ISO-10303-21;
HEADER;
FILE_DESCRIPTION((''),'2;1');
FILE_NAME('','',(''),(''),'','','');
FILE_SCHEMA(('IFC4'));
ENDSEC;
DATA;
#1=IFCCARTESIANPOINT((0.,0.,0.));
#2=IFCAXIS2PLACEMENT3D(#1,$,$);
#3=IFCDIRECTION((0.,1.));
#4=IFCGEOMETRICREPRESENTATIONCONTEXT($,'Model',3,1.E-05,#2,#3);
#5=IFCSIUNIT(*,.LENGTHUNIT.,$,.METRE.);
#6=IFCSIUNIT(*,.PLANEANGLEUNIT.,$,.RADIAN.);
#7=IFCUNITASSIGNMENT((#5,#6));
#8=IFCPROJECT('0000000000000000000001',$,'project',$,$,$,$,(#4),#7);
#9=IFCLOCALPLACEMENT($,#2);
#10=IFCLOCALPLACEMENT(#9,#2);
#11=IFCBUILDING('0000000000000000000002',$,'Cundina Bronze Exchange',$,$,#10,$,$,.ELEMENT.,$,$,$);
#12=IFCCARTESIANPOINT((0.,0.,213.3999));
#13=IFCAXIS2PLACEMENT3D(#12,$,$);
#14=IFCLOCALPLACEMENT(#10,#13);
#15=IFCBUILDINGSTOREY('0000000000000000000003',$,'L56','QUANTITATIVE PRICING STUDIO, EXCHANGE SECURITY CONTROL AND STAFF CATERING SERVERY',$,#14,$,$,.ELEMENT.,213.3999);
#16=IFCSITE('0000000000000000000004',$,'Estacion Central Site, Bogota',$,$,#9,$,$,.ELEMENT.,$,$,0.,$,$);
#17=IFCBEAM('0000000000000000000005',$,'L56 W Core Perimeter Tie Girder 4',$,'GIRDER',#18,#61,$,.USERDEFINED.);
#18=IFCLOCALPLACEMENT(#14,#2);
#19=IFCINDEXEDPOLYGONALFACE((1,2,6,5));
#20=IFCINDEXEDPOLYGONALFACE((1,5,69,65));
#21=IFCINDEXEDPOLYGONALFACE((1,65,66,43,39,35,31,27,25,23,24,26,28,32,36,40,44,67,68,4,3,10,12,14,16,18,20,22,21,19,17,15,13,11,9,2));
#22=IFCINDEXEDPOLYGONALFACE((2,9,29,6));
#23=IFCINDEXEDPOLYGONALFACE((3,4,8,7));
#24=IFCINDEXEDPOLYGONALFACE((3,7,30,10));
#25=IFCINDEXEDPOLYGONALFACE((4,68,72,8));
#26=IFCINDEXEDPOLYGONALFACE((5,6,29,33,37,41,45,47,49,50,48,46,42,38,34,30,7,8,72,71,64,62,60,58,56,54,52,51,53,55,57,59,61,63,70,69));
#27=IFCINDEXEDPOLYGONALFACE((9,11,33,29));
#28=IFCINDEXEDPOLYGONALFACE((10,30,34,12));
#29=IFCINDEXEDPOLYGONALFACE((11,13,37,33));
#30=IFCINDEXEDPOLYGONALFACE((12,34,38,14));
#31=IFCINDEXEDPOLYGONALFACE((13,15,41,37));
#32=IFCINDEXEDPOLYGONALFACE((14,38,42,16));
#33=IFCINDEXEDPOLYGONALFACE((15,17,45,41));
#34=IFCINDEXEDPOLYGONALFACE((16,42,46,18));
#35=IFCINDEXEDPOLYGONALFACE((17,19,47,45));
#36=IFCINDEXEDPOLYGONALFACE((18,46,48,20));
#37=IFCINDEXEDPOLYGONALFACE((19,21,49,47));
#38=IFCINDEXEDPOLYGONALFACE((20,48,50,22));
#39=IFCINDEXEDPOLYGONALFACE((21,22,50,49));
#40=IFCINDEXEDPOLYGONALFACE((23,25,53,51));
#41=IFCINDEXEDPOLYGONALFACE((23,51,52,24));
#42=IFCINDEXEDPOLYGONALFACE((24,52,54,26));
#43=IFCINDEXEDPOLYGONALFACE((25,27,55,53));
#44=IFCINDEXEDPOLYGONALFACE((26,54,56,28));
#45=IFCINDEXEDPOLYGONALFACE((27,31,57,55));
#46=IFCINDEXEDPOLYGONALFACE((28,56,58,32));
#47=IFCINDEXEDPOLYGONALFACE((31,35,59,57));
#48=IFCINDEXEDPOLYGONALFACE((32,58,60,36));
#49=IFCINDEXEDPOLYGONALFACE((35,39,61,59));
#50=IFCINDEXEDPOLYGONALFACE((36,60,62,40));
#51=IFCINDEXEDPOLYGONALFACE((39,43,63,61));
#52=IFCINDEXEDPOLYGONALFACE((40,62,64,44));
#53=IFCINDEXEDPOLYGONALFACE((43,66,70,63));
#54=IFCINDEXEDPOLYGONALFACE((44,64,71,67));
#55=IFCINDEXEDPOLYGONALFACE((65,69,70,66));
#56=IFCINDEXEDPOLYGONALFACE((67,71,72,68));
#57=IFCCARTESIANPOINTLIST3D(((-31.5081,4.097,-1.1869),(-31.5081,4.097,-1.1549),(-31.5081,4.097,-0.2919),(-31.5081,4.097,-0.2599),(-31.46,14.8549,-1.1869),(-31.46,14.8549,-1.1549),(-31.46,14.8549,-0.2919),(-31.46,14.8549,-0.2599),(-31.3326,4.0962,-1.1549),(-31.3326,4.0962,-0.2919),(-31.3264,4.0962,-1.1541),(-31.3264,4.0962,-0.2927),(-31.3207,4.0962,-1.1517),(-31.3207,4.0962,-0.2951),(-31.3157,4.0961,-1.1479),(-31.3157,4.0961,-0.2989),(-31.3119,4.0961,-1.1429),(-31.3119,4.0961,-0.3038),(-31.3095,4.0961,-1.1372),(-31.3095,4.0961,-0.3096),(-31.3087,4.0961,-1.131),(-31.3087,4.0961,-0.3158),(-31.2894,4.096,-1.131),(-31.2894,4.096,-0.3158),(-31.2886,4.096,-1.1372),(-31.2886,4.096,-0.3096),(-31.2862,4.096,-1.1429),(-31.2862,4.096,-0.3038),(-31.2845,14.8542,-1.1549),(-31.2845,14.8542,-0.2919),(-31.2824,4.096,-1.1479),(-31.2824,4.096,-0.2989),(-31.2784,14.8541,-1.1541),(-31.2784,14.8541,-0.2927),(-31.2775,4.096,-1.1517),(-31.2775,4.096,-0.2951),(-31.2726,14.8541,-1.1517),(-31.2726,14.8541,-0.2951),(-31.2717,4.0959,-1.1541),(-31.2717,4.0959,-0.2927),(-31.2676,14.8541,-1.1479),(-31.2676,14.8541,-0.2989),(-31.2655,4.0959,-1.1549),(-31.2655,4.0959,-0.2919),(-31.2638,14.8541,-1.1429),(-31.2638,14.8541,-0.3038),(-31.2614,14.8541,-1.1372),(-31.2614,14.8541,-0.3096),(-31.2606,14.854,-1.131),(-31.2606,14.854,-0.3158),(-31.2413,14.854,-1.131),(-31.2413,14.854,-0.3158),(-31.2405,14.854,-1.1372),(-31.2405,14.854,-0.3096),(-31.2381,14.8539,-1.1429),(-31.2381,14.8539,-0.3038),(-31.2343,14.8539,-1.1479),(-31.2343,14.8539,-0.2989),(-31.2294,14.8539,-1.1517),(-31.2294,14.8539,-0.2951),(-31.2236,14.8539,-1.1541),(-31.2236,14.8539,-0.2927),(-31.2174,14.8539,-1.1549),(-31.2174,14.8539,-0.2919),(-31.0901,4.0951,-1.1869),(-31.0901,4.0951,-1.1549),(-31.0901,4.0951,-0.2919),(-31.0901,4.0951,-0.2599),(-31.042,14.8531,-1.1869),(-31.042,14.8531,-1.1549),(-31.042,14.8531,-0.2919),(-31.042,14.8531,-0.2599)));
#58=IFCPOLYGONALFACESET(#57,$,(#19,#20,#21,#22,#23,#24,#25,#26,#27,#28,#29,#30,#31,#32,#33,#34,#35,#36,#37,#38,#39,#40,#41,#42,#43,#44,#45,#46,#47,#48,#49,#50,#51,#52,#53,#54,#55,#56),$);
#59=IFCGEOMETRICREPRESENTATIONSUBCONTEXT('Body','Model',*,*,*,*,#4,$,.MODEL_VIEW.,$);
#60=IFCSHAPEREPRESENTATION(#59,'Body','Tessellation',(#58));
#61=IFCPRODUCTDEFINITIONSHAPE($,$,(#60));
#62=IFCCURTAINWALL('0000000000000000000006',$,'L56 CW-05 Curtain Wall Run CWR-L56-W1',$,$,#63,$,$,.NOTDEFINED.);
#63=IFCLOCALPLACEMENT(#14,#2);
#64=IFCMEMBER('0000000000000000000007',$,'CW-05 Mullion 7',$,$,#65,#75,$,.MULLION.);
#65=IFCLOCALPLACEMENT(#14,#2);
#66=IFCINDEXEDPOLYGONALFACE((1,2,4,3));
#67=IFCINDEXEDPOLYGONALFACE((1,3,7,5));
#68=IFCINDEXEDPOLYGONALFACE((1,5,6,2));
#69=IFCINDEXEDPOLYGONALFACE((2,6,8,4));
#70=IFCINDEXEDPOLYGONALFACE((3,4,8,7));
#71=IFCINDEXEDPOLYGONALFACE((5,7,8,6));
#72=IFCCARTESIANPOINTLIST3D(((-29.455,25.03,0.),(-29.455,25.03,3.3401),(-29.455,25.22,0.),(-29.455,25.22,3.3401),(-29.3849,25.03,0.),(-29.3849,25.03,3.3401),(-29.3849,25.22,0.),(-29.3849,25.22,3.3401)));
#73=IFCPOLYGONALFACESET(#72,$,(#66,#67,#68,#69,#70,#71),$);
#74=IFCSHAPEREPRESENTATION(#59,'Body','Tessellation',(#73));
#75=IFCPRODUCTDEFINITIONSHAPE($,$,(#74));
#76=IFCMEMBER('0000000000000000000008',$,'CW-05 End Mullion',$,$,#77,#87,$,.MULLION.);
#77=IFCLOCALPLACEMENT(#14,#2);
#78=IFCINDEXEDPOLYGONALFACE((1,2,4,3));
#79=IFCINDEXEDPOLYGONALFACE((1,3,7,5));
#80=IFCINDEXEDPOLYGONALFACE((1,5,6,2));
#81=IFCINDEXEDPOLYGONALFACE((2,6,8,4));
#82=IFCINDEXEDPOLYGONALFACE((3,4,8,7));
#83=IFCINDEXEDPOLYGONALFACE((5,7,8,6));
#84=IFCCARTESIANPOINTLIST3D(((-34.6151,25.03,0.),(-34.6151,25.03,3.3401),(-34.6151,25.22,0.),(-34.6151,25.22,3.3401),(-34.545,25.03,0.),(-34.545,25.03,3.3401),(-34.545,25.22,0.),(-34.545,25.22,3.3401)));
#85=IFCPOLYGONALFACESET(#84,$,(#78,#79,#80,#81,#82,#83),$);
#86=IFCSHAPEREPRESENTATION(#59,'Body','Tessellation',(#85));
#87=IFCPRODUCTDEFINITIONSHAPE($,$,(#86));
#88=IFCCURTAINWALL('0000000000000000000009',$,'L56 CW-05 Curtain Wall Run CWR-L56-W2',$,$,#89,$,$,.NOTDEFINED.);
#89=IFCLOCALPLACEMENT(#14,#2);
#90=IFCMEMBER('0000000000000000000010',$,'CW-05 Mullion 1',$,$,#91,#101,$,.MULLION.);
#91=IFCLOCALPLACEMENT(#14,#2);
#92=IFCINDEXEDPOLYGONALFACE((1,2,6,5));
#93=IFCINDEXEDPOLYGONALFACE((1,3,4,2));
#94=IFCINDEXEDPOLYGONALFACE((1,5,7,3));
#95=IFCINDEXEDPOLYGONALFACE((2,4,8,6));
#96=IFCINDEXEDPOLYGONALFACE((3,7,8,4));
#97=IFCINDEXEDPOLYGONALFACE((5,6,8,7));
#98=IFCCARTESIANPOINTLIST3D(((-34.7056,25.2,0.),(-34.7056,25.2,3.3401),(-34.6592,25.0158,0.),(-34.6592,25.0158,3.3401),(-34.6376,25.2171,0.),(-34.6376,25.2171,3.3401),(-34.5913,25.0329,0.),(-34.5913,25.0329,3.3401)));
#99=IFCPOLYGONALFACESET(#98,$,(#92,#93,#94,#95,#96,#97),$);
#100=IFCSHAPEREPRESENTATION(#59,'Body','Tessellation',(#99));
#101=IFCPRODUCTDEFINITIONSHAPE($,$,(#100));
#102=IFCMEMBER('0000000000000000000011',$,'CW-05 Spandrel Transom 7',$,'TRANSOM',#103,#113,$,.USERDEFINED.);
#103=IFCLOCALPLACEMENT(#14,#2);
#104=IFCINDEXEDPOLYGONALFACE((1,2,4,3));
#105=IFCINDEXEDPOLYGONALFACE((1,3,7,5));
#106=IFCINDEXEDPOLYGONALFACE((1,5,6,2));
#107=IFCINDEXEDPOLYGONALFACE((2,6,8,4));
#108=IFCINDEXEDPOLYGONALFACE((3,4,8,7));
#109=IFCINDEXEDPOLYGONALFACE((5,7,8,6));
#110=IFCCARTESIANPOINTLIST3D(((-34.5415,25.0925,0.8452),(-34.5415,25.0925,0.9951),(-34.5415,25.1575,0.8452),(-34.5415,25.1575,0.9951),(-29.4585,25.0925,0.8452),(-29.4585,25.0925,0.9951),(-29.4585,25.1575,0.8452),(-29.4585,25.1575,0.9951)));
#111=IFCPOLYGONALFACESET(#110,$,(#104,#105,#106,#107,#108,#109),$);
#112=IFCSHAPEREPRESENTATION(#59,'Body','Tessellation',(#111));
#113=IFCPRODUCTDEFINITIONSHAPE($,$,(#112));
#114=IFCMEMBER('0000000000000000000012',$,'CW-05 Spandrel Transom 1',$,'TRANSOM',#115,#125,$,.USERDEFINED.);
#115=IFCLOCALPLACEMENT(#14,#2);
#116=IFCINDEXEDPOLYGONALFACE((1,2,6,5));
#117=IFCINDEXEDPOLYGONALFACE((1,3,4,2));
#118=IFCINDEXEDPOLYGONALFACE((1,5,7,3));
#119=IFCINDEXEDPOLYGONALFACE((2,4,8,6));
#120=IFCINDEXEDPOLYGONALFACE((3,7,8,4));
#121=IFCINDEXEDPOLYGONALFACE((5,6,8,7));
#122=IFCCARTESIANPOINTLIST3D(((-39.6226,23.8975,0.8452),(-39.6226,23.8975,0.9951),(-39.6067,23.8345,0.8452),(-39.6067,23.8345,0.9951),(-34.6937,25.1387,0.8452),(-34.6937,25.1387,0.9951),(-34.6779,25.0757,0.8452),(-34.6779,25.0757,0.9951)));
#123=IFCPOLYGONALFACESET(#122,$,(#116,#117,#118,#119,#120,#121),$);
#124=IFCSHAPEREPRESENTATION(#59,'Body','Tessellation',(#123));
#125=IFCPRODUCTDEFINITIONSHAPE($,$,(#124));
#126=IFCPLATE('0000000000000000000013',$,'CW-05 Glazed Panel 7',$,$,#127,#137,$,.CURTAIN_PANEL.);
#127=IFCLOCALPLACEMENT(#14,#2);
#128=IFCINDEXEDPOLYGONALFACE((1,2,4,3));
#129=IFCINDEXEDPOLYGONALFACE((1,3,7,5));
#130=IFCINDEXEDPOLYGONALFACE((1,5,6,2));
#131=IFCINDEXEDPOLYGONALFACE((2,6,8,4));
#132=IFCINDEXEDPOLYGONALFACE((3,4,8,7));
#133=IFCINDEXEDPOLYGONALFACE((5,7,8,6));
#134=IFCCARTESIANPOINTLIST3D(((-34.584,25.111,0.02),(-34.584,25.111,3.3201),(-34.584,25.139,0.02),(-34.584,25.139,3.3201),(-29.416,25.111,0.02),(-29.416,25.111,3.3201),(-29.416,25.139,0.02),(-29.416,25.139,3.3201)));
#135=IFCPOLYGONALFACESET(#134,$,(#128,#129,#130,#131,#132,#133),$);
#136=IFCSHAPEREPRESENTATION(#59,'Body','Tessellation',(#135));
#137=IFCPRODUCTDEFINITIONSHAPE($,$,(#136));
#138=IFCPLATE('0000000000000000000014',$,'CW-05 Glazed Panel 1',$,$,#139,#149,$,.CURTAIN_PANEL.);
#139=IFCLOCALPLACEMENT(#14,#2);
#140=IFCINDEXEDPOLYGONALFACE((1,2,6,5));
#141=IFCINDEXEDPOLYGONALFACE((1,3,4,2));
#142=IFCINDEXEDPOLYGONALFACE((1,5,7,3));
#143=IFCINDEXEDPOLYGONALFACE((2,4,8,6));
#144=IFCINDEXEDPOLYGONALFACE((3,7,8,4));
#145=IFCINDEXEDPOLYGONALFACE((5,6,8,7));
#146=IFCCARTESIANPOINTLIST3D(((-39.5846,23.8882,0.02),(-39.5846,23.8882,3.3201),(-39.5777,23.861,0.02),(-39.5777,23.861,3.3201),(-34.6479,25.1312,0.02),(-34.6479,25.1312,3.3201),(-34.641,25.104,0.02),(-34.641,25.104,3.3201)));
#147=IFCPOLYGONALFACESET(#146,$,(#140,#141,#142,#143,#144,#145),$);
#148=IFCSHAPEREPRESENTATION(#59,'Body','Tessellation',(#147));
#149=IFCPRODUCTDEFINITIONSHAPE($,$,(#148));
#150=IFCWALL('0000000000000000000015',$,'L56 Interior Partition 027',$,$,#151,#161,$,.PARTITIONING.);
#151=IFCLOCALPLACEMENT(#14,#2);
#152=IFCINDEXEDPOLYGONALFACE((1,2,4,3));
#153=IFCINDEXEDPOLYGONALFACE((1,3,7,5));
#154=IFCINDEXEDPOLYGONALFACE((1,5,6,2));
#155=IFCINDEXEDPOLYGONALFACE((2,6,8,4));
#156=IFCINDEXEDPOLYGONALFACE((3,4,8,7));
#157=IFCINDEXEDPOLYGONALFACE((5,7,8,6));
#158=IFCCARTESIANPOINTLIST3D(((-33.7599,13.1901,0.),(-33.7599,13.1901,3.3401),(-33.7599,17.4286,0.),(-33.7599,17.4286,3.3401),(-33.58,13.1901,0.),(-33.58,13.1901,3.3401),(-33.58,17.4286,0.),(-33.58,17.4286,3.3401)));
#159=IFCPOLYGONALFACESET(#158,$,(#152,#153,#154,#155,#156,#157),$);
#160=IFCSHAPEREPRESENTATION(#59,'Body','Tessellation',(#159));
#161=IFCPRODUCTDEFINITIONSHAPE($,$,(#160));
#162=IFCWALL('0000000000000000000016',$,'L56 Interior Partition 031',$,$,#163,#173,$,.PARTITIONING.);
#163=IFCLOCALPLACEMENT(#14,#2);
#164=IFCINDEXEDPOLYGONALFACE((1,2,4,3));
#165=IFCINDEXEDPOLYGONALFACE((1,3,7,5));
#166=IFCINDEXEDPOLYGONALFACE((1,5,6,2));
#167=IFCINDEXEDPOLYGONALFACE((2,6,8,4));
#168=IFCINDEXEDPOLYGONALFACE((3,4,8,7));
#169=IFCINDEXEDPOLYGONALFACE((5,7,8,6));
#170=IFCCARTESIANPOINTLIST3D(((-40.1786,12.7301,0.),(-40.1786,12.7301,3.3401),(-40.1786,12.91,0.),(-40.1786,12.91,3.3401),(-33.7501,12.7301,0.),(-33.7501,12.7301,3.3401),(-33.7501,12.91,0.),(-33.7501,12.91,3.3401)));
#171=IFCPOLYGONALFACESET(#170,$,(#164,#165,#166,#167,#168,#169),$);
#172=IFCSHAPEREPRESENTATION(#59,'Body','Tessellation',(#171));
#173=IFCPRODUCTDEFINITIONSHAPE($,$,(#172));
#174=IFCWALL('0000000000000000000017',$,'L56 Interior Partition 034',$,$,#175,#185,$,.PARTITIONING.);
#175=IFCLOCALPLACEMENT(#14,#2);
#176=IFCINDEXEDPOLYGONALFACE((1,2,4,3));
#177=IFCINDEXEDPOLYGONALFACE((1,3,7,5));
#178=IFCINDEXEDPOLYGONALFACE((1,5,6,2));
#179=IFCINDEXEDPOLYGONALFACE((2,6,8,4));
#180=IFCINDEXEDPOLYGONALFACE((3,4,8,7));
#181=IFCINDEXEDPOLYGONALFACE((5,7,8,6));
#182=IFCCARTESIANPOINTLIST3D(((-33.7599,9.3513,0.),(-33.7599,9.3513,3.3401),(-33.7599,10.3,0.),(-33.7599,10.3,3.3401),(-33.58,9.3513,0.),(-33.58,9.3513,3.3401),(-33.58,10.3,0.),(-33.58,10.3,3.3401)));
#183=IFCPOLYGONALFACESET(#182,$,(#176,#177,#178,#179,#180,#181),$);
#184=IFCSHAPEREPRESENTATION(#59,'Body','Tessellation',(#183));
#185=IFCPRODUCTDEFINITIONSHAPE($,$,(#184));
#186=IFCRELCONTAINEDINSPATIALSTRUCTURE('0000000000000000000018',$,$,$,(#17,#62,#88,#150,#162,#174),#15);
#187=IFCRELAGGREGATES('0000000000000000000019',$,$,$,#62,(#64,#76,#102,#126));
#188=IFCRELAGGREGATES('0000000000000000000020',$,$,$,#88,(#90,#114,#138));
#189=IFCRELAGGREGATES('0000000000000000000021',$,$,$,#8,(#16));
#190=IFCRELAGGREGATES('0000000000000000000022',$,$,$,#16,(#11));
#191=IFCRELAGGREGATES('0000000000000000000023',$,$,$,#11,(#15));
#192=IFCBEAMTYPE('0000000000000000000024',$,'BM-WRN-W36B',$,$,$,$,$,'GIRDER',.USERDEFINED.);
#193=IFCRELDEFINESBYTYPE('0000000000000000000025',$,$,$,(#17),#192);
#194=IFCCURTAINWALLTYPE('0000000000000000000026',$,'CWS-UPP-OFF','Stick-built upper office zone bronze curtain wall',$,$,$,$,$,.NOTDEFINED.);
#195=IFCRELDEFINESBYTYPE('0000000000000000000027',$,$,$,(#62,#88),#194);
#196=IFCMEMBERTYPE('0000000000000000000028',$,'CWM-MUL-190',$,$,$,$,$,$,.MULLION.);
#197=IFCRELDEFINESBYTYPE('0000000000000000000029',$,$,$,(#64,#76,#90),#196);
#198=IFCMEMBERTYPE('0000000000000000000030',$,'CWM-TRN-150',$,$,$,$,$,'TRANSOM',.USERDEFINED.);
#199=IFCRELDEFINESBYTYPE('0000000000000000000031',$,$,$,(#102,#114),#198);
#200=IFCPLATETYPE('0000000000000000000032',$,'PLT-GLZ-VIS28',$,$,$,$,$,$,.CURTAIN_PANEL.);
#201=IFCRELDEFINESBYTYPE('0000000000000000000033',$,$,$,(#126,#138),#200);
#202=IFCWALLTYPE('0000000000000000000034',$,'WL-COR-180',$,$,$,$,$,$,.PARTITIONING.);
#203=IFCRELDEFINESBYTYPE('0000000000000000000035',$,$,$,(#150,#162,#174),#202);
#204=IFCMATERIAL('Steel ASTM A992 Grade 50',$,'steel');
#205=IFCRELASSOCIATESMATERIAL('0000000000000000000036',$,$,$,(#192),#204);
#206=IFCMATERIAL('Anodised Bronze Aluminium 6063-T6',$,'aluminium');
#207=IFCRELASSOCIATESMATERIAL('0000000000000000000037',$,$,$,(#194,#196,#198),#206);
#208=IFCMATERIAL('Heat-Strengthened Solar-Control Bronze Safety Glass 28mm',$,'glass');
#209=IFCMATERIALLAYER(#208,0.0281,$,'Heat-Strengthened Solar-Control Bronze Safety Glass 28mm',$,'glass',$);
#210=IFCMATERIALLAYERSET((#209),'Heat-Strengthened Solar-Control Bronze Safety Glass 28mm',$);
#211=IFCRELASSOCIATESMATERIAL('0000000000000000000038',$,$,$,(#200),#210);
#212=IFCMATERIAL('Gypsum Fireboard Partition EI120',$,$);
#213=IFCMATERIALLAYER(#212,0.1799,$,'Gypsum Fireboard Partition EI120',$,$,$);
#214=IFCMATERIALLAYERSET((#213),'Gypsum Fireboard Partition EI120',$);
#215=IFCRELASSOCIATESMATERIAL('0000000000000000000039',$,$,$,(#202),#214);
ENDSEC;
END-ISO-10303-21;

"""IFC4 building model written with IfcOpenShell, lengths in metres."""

from ifc_helpers import new_model, si_unit, direction, frame, frame_2d, origin, origin_2d, place, context, subcontext, project, spatial, rectangle, i_section, extrude, material, layer, layer_set, material_profile, profile_set, type_object, element, aggregate, save


model = new_model("IFC4")

# Units and contexts
model_context = context("Model", 3, precision=1e-05, world=origin(), true_north=direction((0.0, 1.0)))
body_context = subcontext(model_context, "Body", "Model", "MODEL_VIEW")
ifc_project = project(units=[si_unit("LENGTHUNIT", "METRE"), si_unit("PLANEANGLEUNIT", "RADIAN")], contexts=[model_context])

# Site, building, storey
site_placement = place(None, origin())
site = spatial("IfcSite", under=ifc_project, at=site_placement, Name="Estacion Central Site, Bogota", CompositionType="ELEMENT", RefElevation=0.0)
building_placement = place(site_placement, origin())
building = spatial("IfcBuilding", under=site, at=building_placement, Name="Cundina Bronze Exchange", CompositionType="ELEMENT")
storey_placement = place(building_placement, frame((0.0, 0.0, 213.3999)))
storey = spatial("IfcBuildingStorey", under=building, at=storey_placement, Name="L56", Description="QUANTITATIVE PRICING STUDIO, EXCHANGE SECURITY CONTROL AND STAFF CATERING SERVERY", CompositionType="ELEMENT", Elevation=213.3999)

# Shared definitions
ifc_material_1 = material(Name="Steel ASTM A992 Grade 50", Category="steel")

# Beam
ifc_material_profile_1 = material_profile(ifc_material_1, i_section(OverallWidth=0.418, OverallDepth=0.927, WebThickness=0.0193, FlangeThickness=0.032, FilletRadius=0.0239, at=origin_2d()), Name="W36X231", Category="steel")
ifc_profile_set_1 = profile_set([ifc_material_profile_1], Name="Steel ASTM A992 Grade 50")
beam_type_1 = type_object("IfcBeamType", Name="BM-WRN-W36B", ElementType="GIRDER", PredefinedType="USERDEFINED", material=ifc_profile_set_1)
beam_1_placement = place(storey_placement, frame((-31.251, 14.854, -0.7234), z_axis=(-0.004471, -0.99999, 0.0), x_axis=(0.99999, -0.004471, 0.0)))
element("IfcBeam", 1, at=beam_1_placement, inside=storey, type_object=beam_type_1, Name="L56 W Core Perimeter Tie Girder 4", ObjectType="GIRDER", PredefinedType="USERDEFINED", context=body_context, shape_type="SweptSolid", body=[
    extrude(i_section(OverallWidth=0.418, OverallDepth=0.927, WebThickness=0.0193, FlangeThickness=0.032, FilletRadius=0.0239, at=origin_2d()), origin(), (0.0, 0.0, 1.0), 10.7581),
])

# Curtain wall, members
ifc_material_2 = material(Name="Anodised Bronze Aluminium 6063-T6", Category="aluminium")
curtain_wall_type = type_object("IfcCurtainWallType", Name="CWS-UPP-OFF", Description="Stick-built upper office zone bronze curtain wall", PredefinedType="NOTDEFINED", material=ifc_material_2)
curtain_wall_1_placement = place(storey_placement, origin())
curtain_wall_1 = element("IfcCurtainWall", 2, at=curtain_wall_1_placement, inside=storey, type_object=curtain_wall_type, Name="L56 CW-05 Curtain Wall Run CWR-L56-W1", PredefinedType="NOTDEFINED")
ifc_material_profile_2 = material_profile(ifc_material_2, rectangle(XDim=0.0701, YDim=0.1899, at=origin_2d()), Name="AL70X190", Category="aluminium")
ifc_profile_set_2 = profile_set([ifc_material_profile_2], Name="Anodised Bronze Aluminium 6063-T6")
member_type_1 = type_object("IfcMemberType", Name="CWM-MUL-190", PredefinedType="MULLION", material=ifc_profile_set_2)
member_1_placement = place(storey_placement, frame((-29.4199, 25.125, 0.0), z_axis=(0.0, 0.0, 1.0), x_axis=(-1.0, 0.0, 0.0)))
member_1 = element("IfcMember", 3, at=member_1_placement, type_object=member_type_1, Name="CW-05 Mullion 7", PredefinedType="MULLION", context=body_context, shape_type="SweptSolid", body=[
    extrude(rectangle(XDim=0.0701, YDim=0.1899, at=origin_2d()), origin(), (0.0, 0.0, 1.0), 3.3401),
])
member_2_placement = place(storey_placement, frame((-34.5801, 25.125, 0.0), z_axis=(0.0, 0.0, 1.0), x_axis=(-1.0, 0.0, 0.0)))
member_2 = element("IfcMember", 4, at=member_2_placement, type_object=member_type_1, Name="CW-05 End Mullion", PredefinedType="MULLION", context=body_context, shape_type="SweptSolid", body=[
    extrude(rectangle(XDim=0.0701, YDim=0.1899, at=origin_2d()), origin(), (0.0, 0.0, 1.0), 3.3401),
])

# Curtain wall, member
curtain_wall_2_placement = place(storey_placement, origin())
curtain_wall_2 = element("IfcCurtainWall", 5, at=curtain_wall_2_placement, inside=storey, type_object=curtain_wall_type, Name="L56 CW-05 Curtain Wall Run CWR-L56-W2", PredefinedType="NOTDEFINED")
member_3_placement = place(storey_placement, frame((-34.6484, 25.1165, 0.0), z_axis=(0.0, 0.0, 1.0), x_axis=(-0.969744, -0.244123, 0.0)))
member_3 = element("IfcMember", 6, at=member_3_placement, type_object=member_type_1, Name="CW-05 Mullion 1", PredefinedType="MULLION", context=body_context, shape_type="SweptSolid", body=[
    extrude(rectangle(XDim=0.0701, YDim=0.1899, at=origin_2d()), origin(), (0.0, 0.0, 1.0), 3.3401),
])

# Members
ifc_material_profile_3 = material_profile(ifc_material_2, rectangle(XDim=0.0649, YDim=0.1499, at=origin_2d()), Name="AL65X150", Category="aluminium")
ifc_profile_set_3 = profile_set([ifc_material_profile_3], Name="Anodised Bronze Aluminium 6063-T6")
member_type_2 = type_object("IfcMemberType", Name="CWM-TRN-150", ElementType="TRANSOM", PredefinedType="USERDEFINED", material=ifc_profile_set_3)
member_4_placement = place(storey_placement, frame((-29.4585, 25.125, 0.9202), z_axis=(-1.0, 0.0, 0.0), x_axis=(0.0, -1.0, 0.0)))
member_4 = element("IfcMember", 7, at=member_4_placement, type_object=member_type_2, Name="CW-05 Spandrel Transom 7", ObjectType="TRANSOM", PredefinedType="USERDEFINED", context=body_context, shape_type="SweptSolid", body=[
    extrude(rectangle(XDim=0.0649, YDim=0.1499, at=origin_2d()), origin(), (0.0, 0.0, 1.0), 5.083),
])
member_5_placement = place(storey_placement, frame((-34.6858, 25.1072, 0.9202), z_axis=(-0.969726, -0.244197, 0.0), x_axis=(0.244197, -0.969726, 0.0)))
member_5 = element("IfcMember", 8, at=member_5_placement, type_object=member_type_2, Name="CW-05 Spandrel Transom 1", ObjectType="TRANSOM", PredefinedType="USERDEFINED", context=body_context, shape_type="SweptSolid", body=[
    extrude(rectangle(XDim=0.0649, YDim=0.1499, at=origin_2d()), origin(), (0.0, 0.0, 1.0), 5.0828),
])

# Plates
ifc_material_3 = material(Name="Heat-Strengthened Solar-Control Bronze Safety Glass 28mm", Category="glass")
ifc_layer_1 = layer(ifc_material_3, 0.0281, Name="Heat-Strengthened Solar-Control Bronze Safety Glass 28mm", Category="glass")
ifc_layer_set_1 = layer_set([ifc_layer_1], Name="Heat-Strengthened Solar-Control Bronze Safety Glass 28mm")
plate_type = type_object("IfcPlateType", Name="PLT-GLZ-VIS28", PredefinedType="CURTAIN_PANEL", material=ifc_layer_set_1)
plate_1_placement = place(storey_placement, frame((-32.0, 25.125, 0.02), z_axis=(0.0, 0.0, 1.0), x_axis=(-1.0, 0.0, 0.0)))
plate_1 = element("IfcPlate", 9, at=plate_1_placement, type_object=plate_type, Name="CW-05 Glazed Panel 7", PredefinedType="CURTAIN_PANEL", context=body_context, shape_type="SweptSolid", body=[
    extrude(rectangle(XDim=5.168, YDim=0.0281, at=origin_2d()), origin(), (0.0, 0.0, 1.0), 3.3),
])
aggregate(curtain_wall_1, [member_1, member_2, member_4, plate_1])
plate_2_placement = place(storey_placement, frame((-37.1128, 24.4961, 0.02), z_axis=(0.0, 0.0, 1.0), x_axis=(-0.969732, -0.244174, 0.0)))
plate_2 = element("IfcPlate", 10, at=plate_2_placement, type_object=plate_type, Name="CW-05 Glazed Panel 1", PredefinedType="CURTAIN_PANEL", context=body_context, shape_type="SweptSolid", body=[
    extrude(rectangle(XDim=5.0908, YDim=0.0281, at=origin_2d()), origin(), (0.0, 0.0, 1.0), 3.3),
])
aggregate(curtain_wall_2, [member_3, member_5, plate_2])

# Shared definitions
ifc_material_4 = material(Name="Gypsum Fireboard Partition EI120")
ifc_layer_2 = layer(ifc_material_4, 0.1799, Name="Gypsum Fireboard Partition EI120")
ifc_layer_set_2 = layer_set([ifc_layer_2], Name="Gypsum Fireboard Partition EI120")
wall_type_1 = type_object("IfcWallType", Name="WL-COR-180", PredefinedType="PARTITIONING", material=ifc_layer_set_2)

# Walls
wall_1_placement = place(storey_placement, frame((-33.6699, 17.4285, 0.0), z_axis=(0.0, 0.0, 1.0), x_axis=(0.0, -1.0, 0.0)))
element("IfcWall", 11, at=wall_1_placement, inside=storey, type_object=wall_type_1, Name="L56 Interior Partition 027", PredefinedType="PARTITIONING", context=body_context, shape_type="SweptSolid", body=[
    extrude(rectangle(XDim=4.2385, YDim=0.1799, at=frame_2d((2.1191, 0.0))), origin(), (0.0, 0.0, 1.0), 3.3401),
])
wall_2_placement = place(storey_placement, frame((-33.75, 12.8201, 0.0), z_axis=(0.0, 0.0, 1.0), x_axis=(-1.0, 0.0, 0.0)))
element("IfcWall", 12, at=wall_2_placement, inside=storey, type_object=wall_type_1, Name="L56 Interior Partition 031", PredefinedType="PARTITIONING", context=body_context, shape_type="SweptSolid", body=[
    extrude(rectangle(XDim=6.4285, YDim=0.1799, at=frame_2d((3.2144, 0.0))), origin(), (0.0, 0.0, 1.0), 3.3401),
])
wall_3_placement = place(storey_placement, frame((-33.6699, 10.3, 0.0), z_axis=(0.0, 0.0, 1.0), x_axis=(0.0, -1.0, 0.0)))
element("IfcWall", 13, at=wall_3_placement, inside=storey, type_object=wall_type_1, Name="L56 Interior Partition 034", PredefinedType="PARTITIONING", context=body_context, shape_type="SweptSolid", body=[
    extrude(rectangle(XDim=0.9487, YDim=0.1799, at=frame_2d((0.4744, 0.0))), origin(), (0.0, 0.0, 1.0), 3.3401),
])

save(model, "model.ifc")
